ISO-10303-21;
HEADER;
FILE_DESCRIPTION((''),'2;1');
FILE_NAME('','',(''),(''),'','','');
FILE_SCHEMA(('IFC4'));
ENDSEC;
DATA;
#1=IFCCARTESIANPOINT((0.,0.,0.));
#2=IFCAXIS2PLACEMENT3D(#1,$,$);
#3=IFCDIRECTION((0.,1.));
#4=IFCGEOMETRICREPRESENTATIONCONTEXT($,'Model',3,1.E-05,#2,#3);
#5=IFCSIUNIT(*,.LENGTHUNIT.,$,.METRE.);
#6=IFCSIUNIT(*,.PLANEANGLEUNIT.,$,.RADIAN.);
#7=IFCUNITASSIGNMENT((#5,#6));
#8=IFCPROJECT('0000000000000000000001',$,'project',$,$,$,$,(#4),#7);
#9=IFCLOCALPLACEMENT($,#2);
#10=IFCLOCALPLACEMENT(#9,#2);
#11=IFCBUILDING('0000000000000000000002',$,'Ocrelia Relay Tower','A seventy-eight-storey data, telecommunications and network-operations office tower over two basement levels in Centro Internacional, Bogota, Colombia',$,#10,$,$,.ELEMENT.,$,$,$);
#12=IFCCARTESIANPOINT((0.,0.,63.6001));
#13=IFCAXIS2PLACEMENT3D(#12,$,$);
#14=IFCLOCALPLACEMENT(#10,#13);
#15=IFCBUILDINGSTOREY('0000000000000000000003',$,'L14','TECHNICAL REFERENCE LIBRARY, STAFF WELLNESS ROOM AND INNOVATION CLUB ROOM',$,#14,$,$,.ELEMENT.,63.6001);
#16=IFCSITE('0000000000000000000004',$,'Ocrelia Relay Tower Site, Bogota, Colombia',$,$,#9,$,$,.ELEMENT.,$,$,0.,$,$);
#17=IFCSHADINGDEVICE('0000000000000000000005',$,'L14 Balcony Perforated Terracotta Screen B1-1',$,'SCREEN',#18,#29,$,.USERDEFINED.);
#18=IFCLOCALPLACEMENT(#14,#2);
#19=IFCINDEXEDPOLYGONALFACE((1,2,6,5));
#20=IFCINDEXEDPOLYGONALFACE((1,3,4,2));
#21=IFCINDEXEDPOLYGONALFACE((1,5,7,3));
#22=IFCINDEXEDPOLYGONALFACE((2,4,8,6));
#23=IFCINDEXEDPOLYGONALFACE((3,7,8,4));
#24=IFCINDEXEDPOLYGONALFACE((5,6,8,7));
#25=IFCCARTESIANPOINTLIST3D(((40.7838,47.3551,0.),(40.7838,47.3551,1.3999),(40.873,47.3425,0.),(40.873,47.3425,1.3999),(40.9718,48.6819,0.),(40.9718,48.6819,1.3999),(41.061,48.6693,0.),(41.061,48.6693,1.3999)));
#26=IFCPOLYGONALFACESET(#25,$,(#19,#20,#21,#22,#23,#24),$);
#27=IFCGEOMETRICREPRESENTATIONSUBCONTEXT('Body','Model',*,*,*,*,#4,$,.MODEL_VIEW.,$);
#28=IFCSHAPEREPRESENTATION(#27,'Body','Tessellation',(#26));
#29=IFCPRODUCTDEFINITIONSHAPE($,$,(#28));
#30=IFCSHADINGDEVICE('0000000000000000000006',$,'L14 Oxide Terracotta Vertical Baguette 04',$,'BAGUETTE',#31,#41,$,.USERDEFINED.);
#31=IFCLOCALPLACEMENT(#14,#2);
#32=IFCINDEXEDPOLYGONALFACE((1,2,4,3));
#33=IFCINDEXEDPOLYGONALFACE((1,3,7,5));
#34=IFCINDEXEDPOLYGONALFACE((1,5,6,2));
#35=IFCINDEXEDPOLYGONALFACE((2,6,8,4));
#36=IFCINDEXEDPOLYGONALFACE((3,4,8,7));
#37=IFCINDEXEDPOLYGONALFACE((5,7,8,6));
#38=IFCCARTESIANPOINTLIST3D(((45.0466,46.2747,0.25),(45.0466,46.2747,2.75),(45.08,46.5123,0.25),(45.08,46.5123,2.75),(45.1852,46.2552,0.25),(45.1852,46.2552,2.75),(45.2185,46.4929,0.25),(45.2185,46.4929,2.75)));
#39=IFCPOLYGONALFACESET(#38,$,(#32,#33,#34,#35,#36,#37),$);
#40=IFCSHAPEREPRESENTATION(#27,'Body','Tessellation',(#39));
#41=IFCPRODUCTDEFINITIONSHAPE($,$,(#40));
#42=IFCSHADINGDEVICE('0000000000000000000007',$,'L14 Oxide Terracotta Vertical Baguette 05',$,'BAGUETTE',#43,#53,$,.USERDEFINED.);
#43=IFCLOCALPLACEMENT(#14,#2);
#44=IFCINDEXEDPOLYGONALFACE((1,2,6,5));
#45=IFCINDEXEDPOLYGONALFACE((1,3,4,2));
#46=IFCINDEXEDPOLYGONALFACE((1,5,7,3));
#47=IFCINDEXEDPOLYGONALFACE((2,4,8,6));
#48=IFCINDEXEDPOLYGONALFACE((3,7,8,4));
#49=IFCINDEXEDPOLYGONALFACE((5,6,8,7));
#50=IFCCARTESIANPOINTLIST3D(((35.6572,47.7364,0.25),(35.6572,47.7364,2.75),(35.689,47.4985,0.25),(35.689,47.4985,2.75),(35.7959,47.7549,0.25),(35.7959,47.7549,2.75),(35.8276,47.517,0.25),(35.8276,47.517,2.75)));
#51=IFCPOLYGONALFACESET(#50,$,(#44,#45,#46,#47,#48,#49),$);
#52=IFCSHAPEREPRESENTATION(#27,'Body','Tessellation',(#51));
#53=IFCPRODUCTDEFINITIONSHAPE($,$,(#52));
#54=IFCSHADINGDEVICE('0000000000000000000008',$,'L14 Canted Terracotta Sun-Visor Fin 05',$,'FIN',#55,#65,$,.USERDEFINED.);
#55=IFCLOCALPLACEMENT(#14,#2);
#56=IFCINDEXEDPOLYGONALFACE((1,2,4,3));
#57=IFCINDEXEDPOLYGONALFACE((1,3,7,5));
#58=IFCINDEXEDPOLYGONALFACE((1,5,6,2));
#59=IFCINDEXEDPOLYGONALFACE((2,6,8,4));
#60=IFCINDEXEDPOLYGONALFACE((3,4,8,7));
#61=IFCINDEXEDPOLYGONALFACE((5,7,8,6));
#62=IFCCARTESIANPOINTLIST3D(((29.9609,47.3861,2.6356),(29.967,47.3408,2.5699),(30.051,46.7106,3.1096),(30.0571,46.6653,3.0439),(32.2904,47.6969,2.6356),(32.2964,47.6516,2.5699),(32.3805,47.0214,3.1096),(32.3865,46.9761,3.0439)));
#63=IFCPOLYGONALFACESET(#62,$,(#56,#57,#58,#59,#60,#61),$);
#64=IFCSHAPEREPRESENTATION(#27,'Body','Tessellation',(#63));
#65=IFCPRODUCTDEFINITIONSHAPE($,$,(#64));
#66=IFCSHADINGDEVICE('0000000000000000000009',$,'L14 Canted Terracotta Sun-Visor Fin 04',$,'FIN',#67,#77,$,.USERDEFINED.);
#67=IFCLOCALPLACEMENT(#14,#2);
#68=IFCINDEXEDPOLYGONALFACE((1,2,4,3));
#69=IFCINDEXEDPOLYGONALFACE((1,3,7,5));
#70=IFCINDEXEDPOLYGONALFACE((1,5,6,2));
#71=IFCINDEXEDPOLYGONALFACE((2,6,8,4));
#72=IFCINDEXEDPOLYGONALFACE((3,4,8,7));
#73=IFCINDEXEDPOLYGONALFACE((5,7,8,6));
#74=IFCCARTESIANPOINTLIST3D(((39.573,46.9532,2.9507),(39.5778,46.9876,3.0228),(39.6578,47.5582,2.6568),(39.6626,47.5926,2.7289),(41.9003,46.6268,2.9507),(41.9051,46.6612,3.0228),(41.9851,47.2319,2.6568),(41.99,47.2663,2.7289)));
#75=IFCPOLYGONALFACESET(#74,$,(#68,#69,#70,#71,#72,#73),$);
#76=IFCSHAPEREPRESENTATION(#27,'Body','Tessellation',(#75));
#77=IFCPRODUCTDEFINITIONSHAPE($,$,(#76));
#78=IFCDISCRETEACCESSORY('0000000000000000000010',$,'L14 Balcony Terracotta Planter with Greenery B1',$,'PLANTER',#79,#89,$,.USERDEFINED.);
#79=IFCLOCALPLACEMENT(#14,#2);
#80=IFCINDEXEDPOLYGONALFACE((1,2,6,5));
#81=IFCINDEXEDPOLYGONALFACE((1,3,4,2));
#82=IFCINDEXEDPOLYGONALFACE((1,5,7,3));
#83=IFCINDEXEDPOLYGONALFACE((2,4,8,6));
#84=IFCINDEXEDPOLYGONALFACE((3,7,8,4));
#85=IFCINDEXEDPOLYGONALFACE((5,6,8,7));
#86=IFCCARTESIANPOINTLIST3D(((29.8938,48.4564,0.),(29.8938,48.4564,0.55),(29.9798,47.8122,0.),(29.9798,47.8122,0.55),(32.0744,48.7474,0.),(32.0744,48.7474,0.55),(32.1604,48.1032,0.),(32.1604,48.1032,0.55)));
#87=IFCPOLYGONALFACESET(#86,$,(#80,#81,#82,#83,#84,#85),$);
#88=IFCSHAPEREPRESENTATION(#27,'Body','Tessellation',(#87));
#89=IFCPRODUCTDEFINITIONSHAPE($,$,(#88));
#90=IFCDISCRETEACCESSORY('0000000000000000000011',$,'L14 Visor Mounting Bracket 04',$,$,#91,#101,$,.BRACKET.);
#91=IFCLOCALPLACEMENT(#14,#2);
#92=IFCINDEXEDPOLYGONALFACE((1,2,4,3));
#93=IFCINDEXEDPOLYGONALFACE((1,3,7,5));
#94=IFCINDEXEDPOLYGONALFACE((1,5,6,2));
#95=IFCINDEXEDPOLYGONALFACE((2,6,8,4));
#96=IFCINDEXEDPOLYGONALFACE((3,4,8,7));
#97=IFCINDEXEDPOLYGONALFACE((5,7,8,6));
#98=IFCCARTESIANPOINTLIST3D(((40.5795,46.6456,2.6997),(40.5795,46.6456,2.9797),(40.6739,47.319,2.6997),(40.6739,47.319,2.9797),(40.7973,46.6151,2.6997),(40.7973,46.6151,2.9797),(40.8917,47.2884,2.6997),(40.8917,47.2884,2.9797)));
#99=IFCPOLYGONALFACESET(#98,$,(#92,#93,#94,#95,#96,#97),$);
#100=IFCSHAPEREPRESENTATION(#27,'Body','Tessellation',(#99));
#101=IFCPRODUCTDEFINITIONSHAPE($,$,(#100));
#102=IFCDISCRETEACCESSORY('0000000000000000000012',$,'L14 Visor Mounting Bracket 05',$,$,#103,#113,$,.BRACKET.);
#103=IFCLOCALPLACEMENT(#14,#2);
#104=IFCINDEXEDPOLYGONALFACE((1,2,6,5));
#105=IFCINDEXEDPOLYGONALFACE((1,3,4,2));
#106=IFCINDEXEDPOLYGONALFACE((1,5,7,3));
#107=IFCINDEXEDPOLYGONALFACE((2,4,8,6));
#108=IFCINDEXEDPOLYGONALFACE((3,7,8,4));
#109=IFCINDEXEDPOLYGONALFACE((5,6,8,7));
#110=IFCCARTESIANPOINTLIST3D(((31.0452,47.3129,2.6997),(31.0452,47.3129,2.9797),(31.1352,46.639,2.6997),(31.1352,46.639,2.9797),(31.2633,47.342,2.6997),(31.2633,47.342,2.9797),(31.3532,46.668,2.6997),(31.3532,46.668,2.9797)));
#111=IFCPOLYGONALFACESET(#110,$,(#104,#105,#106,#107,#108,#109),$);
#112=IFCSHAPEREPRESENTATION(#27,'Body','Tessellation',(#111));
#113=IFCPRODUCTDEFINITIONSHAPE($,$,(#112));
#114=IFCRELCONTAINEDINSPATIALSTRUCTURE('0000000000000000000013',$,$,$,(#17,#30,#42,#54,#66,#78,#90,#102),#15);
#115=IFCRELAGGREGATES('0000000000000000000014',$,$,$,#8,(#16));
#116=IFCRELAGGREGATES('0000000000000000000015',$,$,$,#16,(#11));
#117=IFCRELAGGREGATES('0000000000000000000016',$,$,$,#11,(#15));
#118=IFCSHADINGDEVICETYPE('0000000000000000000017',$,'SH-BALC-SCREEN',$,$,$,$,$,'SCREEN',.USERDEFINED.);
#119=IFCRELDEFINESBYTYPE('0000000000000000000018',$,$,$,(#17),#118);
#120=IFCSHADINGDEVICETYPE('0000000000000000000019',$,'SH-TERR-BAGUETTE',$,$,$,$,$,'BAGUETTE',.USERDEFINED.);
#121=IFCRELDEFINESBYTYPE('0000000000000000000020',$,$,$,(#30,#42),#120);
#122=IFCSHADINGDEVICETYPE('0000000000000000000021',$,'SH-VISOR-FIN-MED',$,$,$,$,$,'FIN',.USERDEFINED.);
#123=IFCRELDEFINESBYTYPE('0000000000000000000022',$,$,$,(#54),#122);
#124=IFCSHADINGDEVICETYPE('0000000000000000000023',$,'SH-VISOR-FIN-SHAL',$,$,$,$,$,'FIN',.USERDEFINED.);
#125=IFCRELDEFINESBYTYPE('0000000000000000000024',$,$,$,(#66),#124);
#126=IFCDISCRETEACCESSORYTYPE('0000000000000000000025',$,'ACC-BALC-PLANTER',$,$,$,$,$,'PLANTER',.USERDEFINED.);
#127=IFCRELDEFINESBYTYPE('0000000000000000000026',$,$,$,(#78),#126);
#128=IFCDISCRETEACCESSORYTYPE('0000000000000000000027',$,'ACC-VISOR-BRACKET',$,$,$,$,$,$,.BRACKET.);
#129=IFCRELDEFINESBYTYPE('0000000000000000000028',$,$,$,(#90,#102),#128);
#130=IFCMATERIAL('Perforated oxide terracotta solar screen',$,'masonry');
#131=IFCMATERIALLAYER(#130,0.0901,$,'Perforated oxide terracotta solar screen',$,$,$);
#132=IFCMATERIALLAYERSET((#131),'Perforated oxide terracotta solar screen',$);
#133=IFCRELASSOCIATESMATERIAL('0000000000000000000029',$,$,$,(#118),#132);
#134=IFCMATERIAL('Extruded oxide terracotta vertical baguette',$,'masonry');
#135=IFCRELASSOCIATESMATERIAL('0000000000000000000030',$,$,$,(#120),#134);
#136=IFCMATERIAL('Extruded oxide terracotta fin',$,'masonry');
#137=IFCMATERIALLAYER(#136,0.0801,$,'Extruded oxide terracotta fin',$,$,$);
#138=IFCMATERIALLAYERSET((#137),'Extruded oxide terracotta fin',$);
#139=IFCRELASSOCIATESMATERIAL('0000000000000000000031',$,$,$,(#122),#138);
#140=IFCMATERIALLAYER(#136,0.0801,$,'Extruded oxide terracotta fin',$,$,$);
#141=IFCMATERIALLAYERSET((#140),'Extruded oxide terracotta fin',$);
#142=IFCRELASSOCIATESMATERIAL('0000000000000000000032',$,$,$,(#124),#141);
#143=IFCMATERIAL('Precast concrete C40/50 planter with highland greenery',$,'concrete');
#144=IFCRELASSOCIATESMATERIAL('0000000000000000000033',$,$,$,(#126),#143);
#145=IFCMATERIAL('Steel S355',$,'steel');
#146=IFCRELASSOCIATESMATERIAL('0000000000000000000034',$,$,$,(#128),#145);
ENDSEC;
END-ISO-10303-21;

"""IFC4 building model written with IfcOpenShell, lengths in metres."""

from ifc_helpers import new_model, si_unit, direction, frame, origin, origin_2d, place, context, subcontext, project, spatial, rectangle, extrude, material, layer, layer_set, type_object, element, save


model = new_model("IFC4")

# Units and contexts
model_context = context("Model", 3, precision=1e-05, world=origin(), true_north=direction((0.0, 1.0)))
body_context = subcontext(model_context, "Body", "Model", "MODEL_VIEW")
ifc_project = project(units=[si_unit("LENGTHUNIT", "METRE"), si_unit("PLANEANGLEUNIT", "RADIAN")], contexts=[model_context])

# Site, building, storey
site_placement = place(None, origin())
site = spatial("IfcSite", under=ifc_project, at=site_placement, Name="Ocrelia Relay Tower Site, Bogota, Colombia", CompositionType="ELEMENT", RefElevation=0.0)
building_placement = place(site_placement, origin())
building = spatial("IfcBuilding", under=site, at=building_placement, Name="Ocrelia Relay Tower", Description="A seventy-eight-storey data, telecommunications and network-operations office tower over two basement levels in Centro Internacional, Bogota, Colombia", CompositionType="ELEMENT")
storey_placement = place(building_placement, frame((0.0, 0.0, 63.6001)))
storey = spatial("IfcBuildingStorey", under=building, at=storey_placement, Name="L14", Description="TECHNICAL REFERENCE LIBRARY, STAFF WELLNESS ROOM AND INNOVATION CLUB ROOM", CompositionType="ELEMENT", Elevation=63.6001)

# Shared definitions
ifc_material_1 = material(Name="Steel S355", Category="steel")

# Shading devices
ifc_material_2 = material(Name="Perforated oxide terracotta solar screen", Category="masonry")
ifc_layer_1 = layer(ifc_material_2, 0.0901, Name="Perforated oxide terracotta solar screen")
ifc_layer_set_1 = layer_set([ifc_layer_1], Name="Perforated oxide terracotta solar screen")
shading_device_type_1 = type_object("IfcShadingDeviceType", Name="SH-BALC-SCREEN", ElementType="SCREEN", PredefinedType="USERDEFINED", material=ifc_layer_set_1)
shading_device_1_placement = place(storey_placement, frame((40.9224, 48.0122, 0.0), z_axis=(0.0, 0.0, 1.0), x_axis=(0.140296, 0.99011, 0.0)))
element("IfcShadingDevice", 1, at=shading_device_1_placement, inside=storey, type_object=shading_device_type_1, Name="L14 Balcony Perforated Terracotta Screen B1-1", ObjectType="SCREEN", PredefinedType="USERDEFINED", context=body_context, shape_type="SweptSolid", body=[
    extrude(rectangle(XDim=1.3401, YDim=0.0901, at=origin_2d()), origin(), (0.0, 0.0, 1.0), 1.3999),
])
ifc_material_3 = material(Name="Extruded oxide terracotta vertical baguette", Category="masonry")
shading_device_type_2 = type_object("IfcShadingDeviceType", Name="SH-TERR-BAGUETTE", ElementType="BAGUETTE", PredefinedType="USERDEFINED", material=ifc_material_3)
for number, where, z_axis, x_axis, name in (
    (2, (45.1326, 46.3838, 0.25), (0.0, 0.0, 1.0), (-0.990312, 0.138861, 0.0), "L14 Oxide Terracotta Vertical Baguette 04"),
    (3, (35.7424, 47.6267, 0.25), (0.0, 0.0, 1.0), (-0.991216, -0.132255, 0.0), "L14 Oxide Terracotta Vertical Baguette 05"),
):
    element("IfcShadingDevice", number, at=place(storey_placement, frame(where, z_axis=z_axis, x_axis=x_axis)), inside=storey, type_object=shading_device_type_2, Name=name, ObjectType="BAGUETTE", PredefinedType="USERDEFINED", context=body_context, shape_type="SweptSolid", body=[
        extrude(rectangle(XDim=0.1399, YDim=0.24, at=origin_2d()), origin(), (0.0, 0.0, 1.0), 2.5),
    ])
ifc_material_4 = material(Name="Extruded oxide terracotta fin", Category="masonry")
ifc_layer_2 = layer(ifc_material_4, 0.0801, Name="Extruded oxide terracotta fin")
ifc_layer_set_2 = layer_set([ifc_layer_2], Name="Extruded oxide terracotta fin")
shading_device_type_3 = type_object("IfcShadingDeviceType", Name="SH-VISOR-FIN-MED", ElementType="FIN", PredefinedType="USERDEFINED", material=ifc_layer_set_2)
shading_device_2_placement = place(storey_placement, frame((31.1768, 47.1584, 2.8069), z_axis=(-0.075518, 0.565984, 0.82095), x_axis=(-0.991216, -0.132255, 0.0)))
element("IfcShadingDevice", 4, at=shading_device_2_placement, inside=storey, type_object=shading_device_type_3, Name="L14 Canted Terracotta Sun-Visor Fin 05", ObjectType="FIN", PredefinedType="USERDEFINED", context=body_context, shape_type="SweptSolid", body=[
    extrude(rectangle(XDim=2.3501, YDim=0.8301, at=origin_2d()), origin(), (0.0, 0.0, 1.0), 0.0801),
])
ifc_layer_3 = layer(ifc_material_4, 0.0801, Name="Extruded oxide terracotta fin")
ifc_layer_set_3 = layer_set([ifc_layer_3], Name="Extruded oxide terracotta fin")
shading_device_type_4 = type_object("IfcShadingDeviceType", Name="SH-VISOR-FIN-SHAL", ElementType="FIN", PredefinedType="USERDEFINED", material=ifc_layer_set_3)
shading_device_3_placement = place(storey_placement, frame((40.7791, 47.0925, 2.8037), z_axis=(0.060197, 0.429302, 0.901153), x_axis=(-0.990312, 0.138861, 0.0)))
element("IfcShadingDevice", 5, at=shading_device_3_placement, inside=storey, type_object=shading_device_type_4, Name="L14 Canted Terracotta Sun-Visor Fin 04", ObjectType="FIN", PredefinedType="USERDEFINED", context=body_context, shape_type="SweptSolid", body=[
    extrude(rectangle(XDim=2.3501, YDim=0.678, at=origin_2d()), origin(), (0.0, 0.0, 1.0), 0.0801),
])

# Discrete accessories
ifc_material_5 = material(Name="Precast concrete C40/50 planter with highland greenery", Category="concrete")
discrete_accessory_type_1 = type_object("IfcDiscreteAccessoryType", Name="ACC-BALC-PLANTER", ElementType="PLANTER", PredefinedType="USERDEFINED", material=ifc_material_5)
discrete_accessory_placement = place(storey_placement, frame((31.0271, 48.2798, 0.0), z_axis=(0.0, 0.0, 1.0), x_axis=(0.991215, 0.13226, 0.0)))
element("IfcDiscreteAccessory", 6, at=discrete_accessory_placement, inside=storey, type_object=discrete_accessory_type_1, Name="L14 Balcony Terracotta Planter with Greenery B1", ObjectType="PLANTER", PredefinedType="USERDEFINED", context=body_context, shape_type="SweptSolid", body=[
    extrude(rectangle(XDim=2.2, YDim=0.6499, at=origin_2d()), origin(), (0.0, 0.0, 1.0), 0.55),
])
discrete_accessory_type_2 = type_object("IfcDiscreteAccessoryType", Name="ACC-VISOR-BRACKET", PredefinedType="BRACKET", material=ifc_material_1)
for number, where, z_axis, x_axis, name in (
    (7, (40.7356, 46.967, 2.6997), (0.0, 0.0, 1.0), (-0.990312, 0.138861, 0.0), "L14 Visor Mounting Bracket 04"),
    (8, (31.1992, 46.9905, 2.6997), (0.0, 0.0, 1.0), (-0.991216, -0.132255, 0.0), "L14 Visor Mounting Bracket 05"),
):
    element("IfcDiscreteAccessory", number, at=place(storey_placement, frame(where, z_axis=z_axis, x_axis=x_axis)), inside=storey, type_object=discrete_accessory_type_2, Name=name, PredefinedType="BRACKET", context=body_context, shape_type="SweptSolid", body=[
        extrude(rectangle(XDim=0.22, YDim=0.6799, at=origin_2d()), origin(), (0.0, 0.0, 1.0), 0.28),
    ])

save(model, "model.ifc")
